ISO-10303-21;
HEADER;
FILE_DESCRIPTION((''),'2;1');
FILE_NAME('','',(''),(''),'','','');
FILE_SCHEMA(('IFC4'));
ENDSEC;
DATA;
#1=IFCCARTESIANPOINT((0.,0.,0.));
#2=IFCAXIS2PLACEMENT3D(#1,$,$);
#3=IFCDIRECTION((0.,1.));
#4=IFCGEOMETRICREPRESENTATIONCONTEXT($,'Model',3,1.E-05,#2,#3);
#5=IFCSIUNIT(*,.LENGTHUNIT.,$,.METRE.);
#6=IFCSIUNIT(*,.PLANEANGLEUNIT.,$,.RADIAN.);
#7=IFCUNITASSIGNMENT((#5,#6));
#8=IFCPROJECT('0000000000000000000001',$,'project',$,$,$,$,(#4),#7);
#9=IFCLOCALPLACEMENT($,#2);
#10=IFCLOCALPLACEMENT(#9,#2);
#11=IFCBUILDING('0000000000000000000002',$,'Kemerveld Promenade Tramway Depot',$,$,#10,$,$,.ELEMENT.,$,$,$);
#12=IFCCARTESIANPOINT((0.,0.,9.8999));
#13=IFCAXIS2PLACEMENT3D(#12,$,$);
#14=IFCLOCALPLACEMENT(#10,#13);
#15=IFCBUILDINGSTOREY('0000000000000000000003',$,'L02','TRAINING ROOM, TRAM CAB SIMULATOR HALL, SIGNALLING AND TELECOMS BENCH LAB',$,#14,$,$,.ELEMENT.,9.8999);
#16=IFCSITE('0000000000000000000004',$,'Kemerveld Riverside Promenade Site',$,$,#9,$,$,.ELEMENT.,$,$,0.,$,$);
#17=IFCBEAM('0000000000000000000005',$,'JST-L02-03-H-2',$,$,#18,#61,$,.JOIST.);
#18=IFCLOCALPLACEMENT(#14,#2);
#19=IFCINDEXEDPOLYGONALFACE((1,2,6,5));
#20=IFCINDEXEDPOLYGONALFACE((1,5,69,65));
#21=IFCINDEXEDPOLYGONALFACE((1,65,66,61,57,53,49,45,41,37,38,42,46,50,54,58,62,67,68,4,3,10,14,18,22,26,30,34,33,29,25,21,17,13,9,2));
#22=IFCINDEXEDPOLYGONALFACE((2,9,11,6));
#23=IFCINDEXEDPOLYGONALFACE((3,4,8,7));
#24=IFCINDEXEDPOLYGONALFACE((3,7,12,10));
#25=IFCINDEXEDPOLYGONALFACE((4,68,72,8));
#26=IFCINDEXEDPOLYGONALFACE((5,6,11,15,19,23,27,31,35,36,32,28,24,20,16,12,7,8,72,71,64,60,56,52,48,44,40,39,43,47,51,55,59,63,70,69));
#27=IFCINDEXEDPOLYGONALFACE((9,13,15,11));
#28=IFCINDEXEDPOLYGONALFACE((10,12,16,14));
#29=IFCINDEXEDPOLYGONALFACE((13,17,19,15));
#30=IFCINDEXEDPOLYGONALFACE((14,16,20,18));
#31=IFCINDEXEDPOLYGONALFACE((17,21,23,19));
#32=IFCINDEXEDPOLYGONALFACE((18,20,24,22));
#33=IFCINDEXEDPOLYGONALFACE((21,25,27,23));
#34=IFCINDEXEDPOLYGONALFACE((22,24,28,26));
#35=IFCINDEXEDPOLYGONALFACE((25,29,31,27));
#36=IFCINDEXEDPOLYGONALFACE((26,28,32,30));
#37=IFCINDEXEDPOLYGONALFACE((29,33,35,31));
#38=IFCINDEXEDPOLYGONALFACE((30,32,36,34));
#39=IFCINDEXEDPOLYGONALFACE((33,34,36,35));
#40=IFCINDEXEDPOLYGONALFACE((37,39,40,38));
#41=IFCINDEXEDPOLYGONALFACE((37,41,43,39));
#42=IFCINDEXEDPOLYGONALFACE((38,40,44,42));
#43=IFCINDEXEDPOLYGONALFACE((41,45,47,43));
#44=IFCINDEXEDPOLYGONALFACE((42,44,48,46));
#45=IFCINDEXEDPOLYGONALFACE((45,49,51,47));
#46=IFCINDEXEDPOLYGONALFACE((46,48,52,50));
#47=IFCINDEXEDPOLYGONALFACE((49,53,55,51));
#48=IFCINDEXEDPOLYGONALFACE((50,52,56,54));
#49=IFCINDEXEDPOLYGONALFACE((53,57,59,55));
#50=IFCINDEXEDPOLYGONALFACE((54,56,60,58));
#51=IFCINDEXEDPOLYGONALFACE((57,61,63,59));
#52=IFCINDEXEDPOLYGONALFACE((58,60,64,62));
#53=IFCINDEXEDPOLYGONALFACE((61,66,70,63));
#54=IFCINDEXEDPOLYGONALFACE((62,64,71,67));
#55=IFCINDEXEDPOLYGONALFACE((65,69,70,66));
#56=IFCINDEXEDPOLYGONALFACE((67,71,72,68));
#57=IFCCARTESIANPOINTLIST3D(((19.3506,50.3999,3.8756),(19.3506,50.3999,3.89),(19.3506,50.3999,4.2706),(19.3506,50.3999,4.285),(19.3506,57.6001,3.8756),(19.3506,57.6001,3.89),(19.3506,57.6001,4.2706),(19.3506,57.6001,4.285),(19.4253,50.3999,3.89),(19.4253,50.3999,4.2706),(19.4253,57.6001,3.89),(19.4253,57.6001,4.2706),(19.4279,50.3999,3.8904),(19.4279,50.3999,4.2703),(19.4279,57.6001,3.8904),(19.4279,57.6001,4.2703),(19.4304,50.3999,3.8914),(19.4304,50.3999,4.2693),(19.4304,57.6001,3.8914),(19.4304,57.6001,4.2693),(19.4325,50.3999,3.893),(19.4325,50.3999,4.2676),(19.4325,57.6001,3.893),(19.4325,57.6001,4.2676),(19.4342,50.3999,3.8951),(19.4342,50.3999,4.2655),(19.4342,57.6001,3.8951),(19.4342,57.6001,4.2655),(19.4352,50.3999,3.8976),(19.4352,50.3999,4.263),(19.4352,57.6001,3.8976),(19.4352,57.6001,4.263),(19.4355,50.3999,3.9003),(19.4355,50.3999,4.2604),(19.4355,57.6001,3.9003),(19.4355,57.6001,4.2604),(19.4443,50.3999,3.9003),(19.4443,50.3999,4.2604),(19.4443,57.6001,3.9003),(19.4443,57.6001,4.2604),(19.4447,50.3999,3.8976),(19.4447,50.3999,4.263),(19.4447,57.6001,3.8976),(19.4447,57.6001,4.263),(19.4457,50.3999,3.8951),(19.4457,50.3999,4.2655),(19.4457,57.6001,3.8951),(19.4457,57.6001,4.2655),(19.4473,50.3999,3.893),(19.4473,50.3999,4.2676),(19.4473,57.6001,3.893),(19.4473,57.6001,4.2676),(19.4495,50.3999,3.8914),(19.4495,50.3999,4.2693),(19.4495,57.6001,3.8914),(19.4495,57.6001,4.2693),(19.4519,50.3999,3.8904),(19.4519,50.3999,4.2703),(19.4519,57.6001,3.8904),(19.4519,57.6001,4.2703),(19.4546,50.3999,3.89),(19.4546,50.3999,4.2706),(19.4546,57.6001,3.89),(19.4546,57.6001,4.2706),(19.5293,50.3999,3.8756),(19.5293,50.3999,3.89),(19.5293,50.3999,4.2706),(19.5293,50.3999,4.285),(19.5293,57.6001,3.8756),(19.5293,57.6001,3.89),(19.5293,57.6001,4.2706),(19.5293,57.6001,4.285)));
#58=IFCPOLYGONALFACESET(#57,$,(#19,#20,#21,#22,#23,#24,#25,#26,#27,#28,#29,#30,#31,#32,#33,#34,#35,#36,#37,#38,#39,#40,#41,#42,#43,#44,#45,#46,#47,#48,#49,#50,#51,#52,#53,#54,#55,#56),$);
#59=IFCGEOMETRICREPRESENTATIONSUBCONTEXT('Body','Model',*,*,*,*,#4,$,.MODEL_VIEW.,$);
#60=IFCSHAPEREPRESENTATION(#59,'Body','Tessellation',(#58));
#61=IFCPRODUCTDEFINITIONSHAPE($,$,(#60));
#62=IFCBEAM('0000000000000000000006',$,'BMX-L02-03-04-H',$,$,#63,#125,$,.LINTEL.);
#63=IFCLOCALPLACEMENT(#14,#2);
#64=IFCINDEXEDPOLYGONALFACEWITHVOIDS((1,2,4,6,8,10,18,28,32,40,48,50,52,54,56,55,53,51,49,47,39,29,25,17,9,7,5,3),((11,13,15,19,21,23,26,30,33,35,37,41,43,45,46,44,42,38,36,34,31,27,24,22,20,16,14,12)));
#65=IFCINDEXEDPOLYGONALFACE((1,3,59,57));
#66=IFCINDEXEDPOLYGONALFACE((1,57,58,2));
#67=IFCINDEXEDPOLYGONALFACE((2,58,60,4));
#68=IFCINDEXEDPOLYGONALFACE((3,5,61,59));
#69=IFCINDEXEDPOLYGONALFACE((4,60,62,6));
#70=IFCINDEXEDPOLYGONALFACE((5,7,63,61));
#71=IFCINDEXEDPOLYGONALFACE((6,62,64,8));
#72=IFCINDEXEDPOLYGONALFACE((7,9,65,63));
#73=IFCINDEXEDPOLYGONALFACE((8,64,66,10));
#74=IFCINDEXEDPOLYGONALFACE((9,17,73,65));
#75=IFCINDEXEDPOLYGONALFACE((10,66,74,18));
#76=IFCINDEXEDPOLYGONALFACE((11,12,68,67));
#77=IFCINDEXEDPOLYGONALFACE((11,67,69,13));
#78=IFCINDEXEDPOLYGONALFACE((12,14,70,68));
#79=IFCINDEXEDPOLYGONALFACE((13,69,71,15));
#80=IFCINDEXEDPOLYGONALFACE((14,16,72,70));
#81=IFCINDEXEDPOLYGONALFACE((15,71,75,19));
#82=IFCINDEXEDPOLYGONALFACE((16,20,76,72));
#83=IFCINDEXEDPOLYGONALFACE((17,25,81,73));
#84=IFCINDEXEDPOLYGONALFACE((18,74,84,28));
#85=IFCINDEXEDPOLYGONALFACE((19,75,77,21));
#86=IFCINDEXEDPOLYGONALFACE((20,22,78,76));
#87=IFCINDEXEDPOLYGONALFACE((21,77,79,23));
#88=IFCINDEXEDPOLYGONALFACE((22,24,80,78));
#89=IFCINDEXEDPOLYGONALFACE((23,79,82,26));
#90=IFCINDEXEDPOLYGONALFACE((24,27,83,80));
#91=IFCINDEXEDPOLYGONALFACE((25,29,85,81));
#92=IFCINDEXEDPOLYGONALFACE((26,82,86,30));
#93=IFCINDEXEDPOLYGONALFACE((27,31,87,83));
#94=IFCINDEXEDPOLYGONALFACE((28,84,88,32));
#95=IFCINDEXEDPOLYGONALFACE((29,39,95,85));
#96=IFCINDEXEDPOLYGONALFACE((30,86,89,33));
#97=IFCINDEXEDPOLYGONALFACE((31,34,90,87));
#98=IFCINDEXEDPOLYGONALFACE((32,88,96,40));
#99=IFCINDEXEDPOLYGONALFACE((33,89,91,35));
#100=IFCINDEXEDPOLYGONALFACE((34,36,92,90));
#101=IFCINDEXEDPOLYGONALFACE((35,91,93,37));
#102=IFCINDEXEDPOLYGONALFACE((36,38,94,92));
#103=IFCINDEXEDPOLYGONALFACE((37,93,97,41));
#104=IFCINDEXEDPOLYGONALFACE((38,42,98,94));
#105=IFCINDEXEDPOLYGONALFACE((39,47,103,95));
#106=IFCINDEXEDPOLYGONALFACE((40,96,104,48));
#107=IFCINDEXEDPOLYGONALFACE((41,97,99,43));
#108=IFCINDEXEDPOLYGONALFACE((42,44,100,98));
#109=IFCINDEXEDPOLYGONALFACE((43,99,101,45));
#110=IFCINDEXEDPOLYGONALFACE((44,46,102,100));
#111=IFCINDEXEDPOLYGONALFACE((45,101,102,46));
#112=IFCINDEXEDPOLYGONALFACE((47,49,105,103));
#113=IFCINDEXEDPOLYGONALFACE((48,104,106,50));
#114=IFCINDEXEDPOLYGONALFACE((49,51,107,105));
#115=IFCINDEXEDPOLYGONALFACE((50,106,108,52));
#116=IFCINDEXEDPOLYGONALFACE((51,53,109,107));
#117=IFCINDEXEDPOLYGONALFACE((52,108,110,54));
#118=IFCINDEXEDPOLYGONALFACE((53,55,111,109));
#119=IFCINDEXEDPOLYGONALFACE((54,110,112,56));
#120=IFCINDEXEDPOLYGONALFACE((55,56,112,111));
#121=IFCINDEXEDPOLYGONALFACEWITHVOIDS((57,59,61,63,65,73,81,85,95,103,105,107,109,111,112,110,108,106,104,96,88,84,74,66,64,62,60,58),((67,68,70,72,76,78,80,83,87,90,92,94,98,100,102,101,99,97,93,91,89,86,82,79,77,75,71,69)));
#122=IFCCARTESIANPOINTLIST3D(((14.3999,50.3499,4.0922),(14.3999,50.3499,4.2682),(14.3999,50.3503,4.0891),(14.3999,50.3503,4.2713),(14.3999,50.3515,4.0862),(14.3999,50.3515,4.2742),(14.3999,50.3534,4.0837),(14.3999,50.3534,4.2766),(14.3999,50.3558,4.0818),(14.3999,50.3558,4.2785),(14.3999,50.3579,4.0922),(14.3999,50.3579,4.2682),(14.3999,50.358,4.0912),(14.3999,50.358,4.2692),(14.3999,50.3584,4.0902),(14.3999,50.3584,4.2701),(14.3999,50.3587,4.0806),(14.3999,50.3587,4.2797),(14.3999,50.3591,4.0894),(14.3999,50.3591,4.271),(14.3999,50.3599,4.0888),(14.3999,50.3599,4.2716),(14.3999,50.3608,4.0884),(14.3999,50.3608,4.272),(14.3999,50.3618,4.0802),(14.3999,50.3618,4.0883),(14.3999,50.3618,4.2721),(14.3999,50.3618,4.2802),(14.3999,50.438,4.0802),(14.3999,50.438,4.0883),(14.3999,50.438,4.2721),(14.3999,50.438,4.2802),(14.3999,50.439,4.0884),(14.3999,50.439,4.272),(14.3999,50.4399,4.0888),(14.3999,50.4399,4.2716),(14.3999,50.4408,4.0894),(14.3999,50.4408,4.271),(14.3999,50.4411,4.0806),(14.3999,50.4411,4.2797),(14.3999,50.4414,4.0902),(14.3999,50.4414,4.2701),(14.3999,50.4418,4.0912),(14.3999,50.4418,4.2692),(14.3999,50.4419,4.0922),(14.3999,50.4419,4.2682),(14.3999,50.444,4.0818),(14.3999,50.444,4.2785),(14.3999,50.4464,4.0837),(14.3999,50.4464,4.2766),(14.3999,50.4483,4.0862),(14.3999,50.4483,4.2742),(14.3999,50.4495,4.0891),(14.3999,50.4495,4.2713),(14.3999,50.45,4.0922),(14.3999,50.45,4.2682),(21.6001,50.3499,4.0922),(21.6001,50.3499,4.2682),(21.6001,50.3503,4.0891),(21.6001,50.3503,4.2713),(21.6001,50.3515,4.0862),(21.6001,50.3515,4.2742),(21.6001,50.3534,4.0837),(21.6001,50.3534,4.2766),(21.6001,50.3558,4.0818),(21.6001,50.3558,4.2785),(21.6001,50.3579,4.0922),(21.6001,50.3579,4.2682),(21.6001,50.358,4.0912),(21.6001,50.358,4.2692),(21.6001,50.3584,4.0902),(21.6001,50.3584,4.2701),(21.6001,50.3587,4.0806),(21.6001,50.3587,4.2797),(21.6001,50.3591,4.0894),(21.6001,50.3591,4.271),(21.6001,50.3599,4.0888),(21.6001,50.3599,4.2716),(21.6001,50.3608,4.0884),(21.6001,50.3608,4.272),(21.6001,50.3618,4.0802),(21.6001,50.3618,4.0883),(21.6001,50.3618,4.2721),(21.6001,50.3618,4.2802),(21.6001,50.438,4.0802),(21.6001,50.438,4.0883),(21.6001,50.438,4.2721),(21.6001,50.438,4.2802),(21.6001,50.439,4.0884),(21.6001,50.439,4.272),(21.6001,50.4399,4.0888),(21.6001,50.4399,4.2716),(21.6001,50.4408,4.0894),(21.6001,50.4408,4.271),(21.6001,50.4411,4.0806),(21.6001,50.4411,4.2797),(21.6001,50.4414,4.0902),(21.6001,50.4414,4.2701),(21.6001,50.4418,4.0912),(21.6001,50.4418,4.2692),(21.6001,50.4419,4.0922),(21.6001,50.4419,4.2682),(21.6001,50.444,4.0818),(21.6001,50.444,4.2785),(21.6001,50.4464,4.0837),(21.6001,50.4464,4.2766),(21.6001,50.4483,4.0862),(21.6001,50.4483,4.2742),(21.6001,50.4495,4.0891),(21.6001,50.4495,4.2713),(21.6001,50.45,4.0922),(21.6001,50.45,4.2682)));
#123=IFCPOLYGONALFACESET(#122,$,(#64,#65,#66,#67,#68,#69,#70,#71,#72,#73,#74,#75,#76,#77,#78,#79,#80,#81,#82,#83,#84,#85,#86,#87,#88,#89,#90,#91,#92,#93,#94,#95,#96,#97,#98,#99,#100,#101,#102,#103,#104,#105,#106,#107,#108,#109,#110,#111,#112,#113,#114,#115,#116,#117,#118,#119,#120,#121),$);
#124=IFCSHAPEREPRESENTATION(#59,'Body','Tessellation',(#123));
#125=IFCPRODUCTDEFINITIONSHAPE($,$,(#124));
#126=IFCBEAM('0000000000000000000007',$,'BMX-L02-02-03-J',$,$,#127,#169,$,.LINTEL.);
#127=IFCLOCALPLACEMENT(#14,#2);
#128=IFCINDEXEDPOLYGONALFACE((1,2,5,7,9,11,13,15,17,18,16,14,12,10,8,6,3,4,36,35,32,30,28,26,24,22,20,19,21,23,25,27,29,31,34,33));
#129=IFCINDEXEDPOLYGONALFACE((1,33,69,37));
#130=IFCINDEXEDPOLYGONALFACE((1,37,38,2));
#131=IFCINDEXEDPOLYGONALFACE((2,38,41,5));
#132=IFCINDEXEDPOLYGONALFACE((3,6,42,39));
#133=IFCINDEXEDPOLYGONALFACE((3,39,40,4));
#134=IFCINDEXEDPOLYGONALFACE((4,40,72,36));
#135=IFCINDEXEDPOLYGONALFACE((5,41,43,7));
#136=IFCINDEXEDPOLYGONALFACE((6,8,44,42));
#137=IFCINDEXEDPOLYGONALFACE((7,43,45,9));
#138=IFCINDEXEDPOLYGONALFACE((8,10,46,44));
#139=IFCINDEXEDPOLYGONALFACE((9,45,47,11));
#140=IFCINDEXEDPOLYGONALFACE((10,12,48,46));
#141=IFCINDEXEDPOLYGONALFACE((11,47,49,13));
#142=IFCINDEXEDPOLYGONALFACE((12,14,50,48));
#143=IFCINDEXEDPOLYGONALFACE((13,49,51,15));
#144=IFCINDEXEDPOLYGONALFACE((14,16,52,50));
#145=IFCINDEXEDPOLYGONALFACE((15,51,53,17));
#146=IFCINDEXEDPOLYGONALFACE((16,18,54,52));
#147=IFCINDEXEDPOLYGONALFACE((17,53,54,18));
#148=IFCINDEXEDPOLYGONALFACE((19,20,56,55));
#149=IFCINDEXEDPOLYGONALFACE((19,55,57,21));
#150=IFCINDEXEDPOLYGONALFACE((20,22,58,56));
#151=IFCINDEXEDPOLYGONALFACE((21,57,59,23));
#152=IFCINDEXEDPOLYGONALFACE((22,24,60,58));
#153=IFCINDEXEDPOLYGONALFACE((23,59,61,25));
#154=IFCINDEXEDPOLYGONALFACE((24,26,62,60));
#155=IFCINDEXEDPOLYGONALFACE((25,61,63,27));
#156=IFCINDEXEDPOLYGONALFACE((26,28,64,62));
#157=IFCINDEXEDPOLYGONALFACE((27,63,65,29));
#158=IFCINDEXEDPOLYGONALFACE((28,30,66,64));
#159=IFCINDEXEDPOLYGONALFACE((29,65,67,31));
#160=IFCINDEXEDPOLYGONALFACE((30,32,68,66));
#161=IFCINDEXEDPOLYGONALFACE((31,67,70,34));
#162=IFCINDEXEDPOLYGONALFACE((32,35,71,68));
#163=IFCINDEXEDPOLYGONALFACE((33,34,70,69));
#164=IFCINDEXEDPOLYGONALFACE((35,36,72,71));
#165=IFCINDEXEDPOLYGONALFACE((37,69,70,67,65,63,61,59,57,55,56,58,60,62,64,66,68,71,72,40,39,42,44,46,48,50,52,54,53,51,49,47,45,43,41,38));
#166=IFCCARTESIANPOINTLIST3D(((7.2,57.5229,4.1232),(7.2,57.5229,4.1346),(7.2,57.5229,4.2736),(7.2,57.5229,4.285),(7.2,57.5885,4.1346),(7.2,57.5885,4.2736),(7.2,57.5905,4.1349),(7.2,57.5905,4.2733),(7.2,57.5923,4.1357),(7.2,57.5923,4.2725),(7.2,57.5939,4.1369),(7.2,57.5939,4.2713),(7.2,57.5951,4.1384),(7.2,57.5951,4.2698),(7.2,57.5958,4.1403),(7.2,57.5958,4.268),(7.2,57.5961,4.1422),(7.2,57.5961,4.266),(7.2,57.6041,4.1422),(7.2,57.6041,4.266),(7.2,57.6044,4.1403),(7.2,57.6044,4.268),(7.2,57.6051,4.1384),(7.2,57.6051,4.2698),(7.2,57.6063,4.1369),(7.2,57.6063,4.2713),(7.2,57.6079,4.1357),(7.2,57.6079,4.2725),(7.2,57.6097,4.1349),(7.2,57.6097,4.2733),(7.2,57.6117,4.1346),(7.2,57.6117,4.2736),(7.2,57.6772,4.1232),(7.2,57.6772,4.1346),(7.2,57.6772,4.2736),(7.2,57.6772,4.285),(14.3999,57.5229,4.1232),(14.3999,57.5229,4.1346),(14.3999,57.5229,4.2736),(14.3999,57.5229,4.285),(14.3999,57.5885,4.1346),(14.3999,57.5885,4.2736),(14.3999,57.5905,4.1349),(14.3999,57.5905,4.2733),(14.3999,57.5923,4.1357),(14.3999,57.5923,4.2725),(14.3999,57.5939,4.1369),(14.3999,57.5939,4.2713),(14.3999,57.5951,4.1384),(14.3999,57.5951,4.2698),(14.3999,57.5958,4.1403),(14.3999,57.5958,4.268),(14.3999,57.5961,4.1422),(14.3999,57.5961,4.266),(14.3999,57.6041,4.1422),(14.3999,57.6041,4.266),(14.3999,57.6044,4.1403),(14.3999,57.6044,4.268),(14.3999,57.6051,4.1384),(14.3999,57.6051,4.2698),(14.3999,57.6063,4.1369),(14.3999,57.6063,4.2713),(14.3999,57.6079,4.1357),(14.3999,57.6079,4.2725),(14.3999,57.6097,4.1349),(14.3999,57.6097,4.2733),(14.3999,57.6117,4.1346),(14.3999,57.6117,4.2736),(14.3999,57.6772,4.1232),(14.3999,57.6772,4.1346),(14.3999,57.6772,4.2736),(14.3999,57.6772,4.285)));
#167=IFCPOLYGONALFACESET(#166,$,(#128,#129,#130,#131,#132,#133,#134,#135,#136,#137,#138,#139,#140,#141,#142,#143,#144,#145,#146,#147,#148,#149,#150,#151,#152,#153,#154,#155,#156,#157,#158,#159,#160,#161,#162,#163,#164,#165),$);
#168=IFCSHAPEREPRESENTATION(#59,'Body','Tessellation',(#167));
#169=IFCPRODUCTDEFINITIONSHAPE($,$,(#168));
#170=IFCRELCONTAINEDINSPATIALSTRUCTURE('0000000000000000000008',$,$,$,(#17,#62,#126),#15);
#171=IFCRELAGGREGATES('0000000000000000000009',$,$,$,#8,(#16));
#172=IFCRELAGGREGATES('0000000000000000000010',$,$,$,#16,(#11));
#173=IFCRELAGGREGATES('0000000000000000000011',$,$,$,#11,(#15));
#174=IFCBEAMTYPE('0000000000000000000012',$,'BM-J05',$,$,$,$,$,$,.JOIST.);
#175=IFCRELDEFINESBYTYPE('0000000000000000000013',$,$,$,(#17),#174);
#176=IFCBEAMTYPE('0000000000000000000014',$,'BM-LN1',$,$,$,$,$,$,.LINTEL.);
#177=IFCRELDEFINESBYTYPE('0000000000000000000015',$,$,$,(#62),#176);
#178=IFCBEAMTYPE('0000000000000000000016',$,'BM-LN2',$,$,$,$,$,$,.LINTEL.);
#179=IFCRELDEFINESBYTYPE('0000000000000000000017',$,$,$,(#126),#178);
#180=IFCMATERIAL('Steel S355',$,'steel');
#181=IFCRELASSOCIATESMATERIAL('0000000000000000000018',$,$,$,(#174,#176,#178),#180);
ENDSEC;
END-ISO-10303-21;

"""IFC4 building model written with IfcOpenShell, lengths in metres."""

from ifc_helpers import new_model, si_unit, direction, frame, origin, origin_2d, place, context, subcontext, project, spatial, hollow_rectangle, i_section, extrude, material, material_profile, profile_set, type_object, element, save


model = new_model("IFC4")

# Units and contexts
model_context = context("Model", 3, precision=1e-05, world=origin(), true_north=direction((0.0, 1.0)))
body_context = subcontext(model_context, "Body", "Model", "MODEL_VIEW")
ifc_project = project(units=[si_unit("LENGTHUNIT", "METRE"), si_unit("PLANEANGLEUNIT", "RADIAN")], contexts=[model_context])

# Site, building, storey
site_placement = place(None, origin())
site = spatial("IfcSite", under=ifc_project, at=site_placement, Name="Kemerveld Riverside Promenade Site", CompositionType="ELEMENT", RefElevation=0.0)
building_placement = place(site_placement, origin())
building = spatial("IfcBuilding", under=site, at=building_placement, Name="Kemerveld Promenade Tramway Depot", CompositionType="ELEMENT")
storey_placement = place(building_placement, frame((0.0, 0.0, 9.8999)))
storey = spatial("IfcBuildingStorey", under=building, at=storey_placement, Name="L02", Description="TRAINING ROOM, TRAM CAB SIMULATOR HALL, SIGNALLING AND TELECOMS BENCH LAB", CompositionType="ELEMENT", Elevation=9.8999)

# Shared definitions
ifc_material_1 = material(Name="Steel S355", Category="steel")

# Beams
ifc_material_profile_1 = material_profile(ifc_material_1, i_section(OverallWidth=0.1787, OverallDepth=0.4094, WebThickness=0.0088, FlangeThickness=0.0144, FilletRadius=0.0103, at=origin_2d()), Name="406x178x67 UB")
ifc_profile_set_1 = profile_set([ifc_material_profile_1], Name="Steel S355")
beam_type_1 = type_object("IfcBeamType", Name="BM-J05", PredefinedType="JOIST", material=ifc_profile_set_1)
for number, where, z_axis, x_axis, name in (
    (1, (19.4399, 50.3999, 4.0803), (0.0, 1.0, 0.0), (-1.0, 0.0, 0.0), "JST-L02-03-H-2"),
):
    element("IfcBeam", number, at=place(storey_placement, frame(where, z_axis=z_axis, x_axis=x_axis)), inside=storey, type_object=beam_type_1, Name=name, PredefinedType="JOIST", context=body_context, shape_type="SweptSolid", body=[
        extrude(i_section(OverallWidth=0.1787, OverallDepth=0.4094, WebThickness=0.0088, FlangeThickness=0.0144, FilletRadius=0.0103, at=origin_2d()), origin(), (0.0, 0.0, 1.0), 7.2002),
    ])
ifc_material_profile_2 = material_profile(ifc_material_1, hollow_rectangle(XDim=0.1001, YDim=0.2, WallThickness=0.0081, InnerFilletRadius=0.0039, OuterFilletRadius=0.012, at=origin_2d()), Name="200x100x8.0 RHS")
ifc_profile_set_2 = profile_set([ifc_material_profile_2], Name="Steel S355")
beam_type_2 = type_object("IfcBeamType", Name="BM-LN1", PredefinedType="LINTEL", material=ifc_profile_set_2)
beam_1_placement = place(storey_placement, frame((14.3999, 50.3999, 4.1802), z_axis=(1.0, 0.0, 0.0), x_axis=(0.0, 1.0, 0.0)))
element("IfcBeam", 2, at=beam_1_placement, inside=storey, type_object=beam_type_2, Name="BMX-L02-03-04-H", PredefinedType="LINTEL", context=body_context, shape_type="SweptSolid", body=[
    extrude(hollow_rectangle(XDim=0.1001, YDim=0.2, WallThickness=0.0081, InnerFilletRadius=0.0039, OuterFilletRadius=0.012, at=origin_2d()), origin(), (0.0, 0.0, 1.0), 7.2002),
])
ifc_material_profile_3 = material_profile(ifc_material_1, i_section(OverallWidth=0.1543, OverallDepth=0.1619, WebThickness=0.0081, FlangeThickness=0.0115, FilletRadius=0.0076, at=origin_2d()), Name="152x152x37 UC")
ifc_profile_set_3 = profile_set([ifc_material_profile_3], Name="Steel S355")
beam_type_3 = type_object("IfcBeamType", Name="BM-LN2", PredefinedType="LINTEL", material=ifc_profile_set_3)
beam_2_placement = place(storey_placement, frame((7.2, 57.6001, 4.2041), z_axis=(1.0, 0.0, 0.0), x_axis=(0.0, 1.0, 0.0)))
element("IfcBeam", 3, at=beam_2_placement, inside=storey, type_object=beam_type_3, Name="BMX-L02-02-03-J", PredefinedType="LINTEL", context=body_context, shape_type="SweptSolid", body=[
    extrude(i_section(OverallWidth=0.1543, OverallDepth=0.1619, WebThickness=0.0081, FlangeThickness=0.0115, FilletRadius=0.0076, at=origin_2d()), origin(), (0.0, 0.0, 1.0), 7.2),
])

save(model, "model.ifc")
